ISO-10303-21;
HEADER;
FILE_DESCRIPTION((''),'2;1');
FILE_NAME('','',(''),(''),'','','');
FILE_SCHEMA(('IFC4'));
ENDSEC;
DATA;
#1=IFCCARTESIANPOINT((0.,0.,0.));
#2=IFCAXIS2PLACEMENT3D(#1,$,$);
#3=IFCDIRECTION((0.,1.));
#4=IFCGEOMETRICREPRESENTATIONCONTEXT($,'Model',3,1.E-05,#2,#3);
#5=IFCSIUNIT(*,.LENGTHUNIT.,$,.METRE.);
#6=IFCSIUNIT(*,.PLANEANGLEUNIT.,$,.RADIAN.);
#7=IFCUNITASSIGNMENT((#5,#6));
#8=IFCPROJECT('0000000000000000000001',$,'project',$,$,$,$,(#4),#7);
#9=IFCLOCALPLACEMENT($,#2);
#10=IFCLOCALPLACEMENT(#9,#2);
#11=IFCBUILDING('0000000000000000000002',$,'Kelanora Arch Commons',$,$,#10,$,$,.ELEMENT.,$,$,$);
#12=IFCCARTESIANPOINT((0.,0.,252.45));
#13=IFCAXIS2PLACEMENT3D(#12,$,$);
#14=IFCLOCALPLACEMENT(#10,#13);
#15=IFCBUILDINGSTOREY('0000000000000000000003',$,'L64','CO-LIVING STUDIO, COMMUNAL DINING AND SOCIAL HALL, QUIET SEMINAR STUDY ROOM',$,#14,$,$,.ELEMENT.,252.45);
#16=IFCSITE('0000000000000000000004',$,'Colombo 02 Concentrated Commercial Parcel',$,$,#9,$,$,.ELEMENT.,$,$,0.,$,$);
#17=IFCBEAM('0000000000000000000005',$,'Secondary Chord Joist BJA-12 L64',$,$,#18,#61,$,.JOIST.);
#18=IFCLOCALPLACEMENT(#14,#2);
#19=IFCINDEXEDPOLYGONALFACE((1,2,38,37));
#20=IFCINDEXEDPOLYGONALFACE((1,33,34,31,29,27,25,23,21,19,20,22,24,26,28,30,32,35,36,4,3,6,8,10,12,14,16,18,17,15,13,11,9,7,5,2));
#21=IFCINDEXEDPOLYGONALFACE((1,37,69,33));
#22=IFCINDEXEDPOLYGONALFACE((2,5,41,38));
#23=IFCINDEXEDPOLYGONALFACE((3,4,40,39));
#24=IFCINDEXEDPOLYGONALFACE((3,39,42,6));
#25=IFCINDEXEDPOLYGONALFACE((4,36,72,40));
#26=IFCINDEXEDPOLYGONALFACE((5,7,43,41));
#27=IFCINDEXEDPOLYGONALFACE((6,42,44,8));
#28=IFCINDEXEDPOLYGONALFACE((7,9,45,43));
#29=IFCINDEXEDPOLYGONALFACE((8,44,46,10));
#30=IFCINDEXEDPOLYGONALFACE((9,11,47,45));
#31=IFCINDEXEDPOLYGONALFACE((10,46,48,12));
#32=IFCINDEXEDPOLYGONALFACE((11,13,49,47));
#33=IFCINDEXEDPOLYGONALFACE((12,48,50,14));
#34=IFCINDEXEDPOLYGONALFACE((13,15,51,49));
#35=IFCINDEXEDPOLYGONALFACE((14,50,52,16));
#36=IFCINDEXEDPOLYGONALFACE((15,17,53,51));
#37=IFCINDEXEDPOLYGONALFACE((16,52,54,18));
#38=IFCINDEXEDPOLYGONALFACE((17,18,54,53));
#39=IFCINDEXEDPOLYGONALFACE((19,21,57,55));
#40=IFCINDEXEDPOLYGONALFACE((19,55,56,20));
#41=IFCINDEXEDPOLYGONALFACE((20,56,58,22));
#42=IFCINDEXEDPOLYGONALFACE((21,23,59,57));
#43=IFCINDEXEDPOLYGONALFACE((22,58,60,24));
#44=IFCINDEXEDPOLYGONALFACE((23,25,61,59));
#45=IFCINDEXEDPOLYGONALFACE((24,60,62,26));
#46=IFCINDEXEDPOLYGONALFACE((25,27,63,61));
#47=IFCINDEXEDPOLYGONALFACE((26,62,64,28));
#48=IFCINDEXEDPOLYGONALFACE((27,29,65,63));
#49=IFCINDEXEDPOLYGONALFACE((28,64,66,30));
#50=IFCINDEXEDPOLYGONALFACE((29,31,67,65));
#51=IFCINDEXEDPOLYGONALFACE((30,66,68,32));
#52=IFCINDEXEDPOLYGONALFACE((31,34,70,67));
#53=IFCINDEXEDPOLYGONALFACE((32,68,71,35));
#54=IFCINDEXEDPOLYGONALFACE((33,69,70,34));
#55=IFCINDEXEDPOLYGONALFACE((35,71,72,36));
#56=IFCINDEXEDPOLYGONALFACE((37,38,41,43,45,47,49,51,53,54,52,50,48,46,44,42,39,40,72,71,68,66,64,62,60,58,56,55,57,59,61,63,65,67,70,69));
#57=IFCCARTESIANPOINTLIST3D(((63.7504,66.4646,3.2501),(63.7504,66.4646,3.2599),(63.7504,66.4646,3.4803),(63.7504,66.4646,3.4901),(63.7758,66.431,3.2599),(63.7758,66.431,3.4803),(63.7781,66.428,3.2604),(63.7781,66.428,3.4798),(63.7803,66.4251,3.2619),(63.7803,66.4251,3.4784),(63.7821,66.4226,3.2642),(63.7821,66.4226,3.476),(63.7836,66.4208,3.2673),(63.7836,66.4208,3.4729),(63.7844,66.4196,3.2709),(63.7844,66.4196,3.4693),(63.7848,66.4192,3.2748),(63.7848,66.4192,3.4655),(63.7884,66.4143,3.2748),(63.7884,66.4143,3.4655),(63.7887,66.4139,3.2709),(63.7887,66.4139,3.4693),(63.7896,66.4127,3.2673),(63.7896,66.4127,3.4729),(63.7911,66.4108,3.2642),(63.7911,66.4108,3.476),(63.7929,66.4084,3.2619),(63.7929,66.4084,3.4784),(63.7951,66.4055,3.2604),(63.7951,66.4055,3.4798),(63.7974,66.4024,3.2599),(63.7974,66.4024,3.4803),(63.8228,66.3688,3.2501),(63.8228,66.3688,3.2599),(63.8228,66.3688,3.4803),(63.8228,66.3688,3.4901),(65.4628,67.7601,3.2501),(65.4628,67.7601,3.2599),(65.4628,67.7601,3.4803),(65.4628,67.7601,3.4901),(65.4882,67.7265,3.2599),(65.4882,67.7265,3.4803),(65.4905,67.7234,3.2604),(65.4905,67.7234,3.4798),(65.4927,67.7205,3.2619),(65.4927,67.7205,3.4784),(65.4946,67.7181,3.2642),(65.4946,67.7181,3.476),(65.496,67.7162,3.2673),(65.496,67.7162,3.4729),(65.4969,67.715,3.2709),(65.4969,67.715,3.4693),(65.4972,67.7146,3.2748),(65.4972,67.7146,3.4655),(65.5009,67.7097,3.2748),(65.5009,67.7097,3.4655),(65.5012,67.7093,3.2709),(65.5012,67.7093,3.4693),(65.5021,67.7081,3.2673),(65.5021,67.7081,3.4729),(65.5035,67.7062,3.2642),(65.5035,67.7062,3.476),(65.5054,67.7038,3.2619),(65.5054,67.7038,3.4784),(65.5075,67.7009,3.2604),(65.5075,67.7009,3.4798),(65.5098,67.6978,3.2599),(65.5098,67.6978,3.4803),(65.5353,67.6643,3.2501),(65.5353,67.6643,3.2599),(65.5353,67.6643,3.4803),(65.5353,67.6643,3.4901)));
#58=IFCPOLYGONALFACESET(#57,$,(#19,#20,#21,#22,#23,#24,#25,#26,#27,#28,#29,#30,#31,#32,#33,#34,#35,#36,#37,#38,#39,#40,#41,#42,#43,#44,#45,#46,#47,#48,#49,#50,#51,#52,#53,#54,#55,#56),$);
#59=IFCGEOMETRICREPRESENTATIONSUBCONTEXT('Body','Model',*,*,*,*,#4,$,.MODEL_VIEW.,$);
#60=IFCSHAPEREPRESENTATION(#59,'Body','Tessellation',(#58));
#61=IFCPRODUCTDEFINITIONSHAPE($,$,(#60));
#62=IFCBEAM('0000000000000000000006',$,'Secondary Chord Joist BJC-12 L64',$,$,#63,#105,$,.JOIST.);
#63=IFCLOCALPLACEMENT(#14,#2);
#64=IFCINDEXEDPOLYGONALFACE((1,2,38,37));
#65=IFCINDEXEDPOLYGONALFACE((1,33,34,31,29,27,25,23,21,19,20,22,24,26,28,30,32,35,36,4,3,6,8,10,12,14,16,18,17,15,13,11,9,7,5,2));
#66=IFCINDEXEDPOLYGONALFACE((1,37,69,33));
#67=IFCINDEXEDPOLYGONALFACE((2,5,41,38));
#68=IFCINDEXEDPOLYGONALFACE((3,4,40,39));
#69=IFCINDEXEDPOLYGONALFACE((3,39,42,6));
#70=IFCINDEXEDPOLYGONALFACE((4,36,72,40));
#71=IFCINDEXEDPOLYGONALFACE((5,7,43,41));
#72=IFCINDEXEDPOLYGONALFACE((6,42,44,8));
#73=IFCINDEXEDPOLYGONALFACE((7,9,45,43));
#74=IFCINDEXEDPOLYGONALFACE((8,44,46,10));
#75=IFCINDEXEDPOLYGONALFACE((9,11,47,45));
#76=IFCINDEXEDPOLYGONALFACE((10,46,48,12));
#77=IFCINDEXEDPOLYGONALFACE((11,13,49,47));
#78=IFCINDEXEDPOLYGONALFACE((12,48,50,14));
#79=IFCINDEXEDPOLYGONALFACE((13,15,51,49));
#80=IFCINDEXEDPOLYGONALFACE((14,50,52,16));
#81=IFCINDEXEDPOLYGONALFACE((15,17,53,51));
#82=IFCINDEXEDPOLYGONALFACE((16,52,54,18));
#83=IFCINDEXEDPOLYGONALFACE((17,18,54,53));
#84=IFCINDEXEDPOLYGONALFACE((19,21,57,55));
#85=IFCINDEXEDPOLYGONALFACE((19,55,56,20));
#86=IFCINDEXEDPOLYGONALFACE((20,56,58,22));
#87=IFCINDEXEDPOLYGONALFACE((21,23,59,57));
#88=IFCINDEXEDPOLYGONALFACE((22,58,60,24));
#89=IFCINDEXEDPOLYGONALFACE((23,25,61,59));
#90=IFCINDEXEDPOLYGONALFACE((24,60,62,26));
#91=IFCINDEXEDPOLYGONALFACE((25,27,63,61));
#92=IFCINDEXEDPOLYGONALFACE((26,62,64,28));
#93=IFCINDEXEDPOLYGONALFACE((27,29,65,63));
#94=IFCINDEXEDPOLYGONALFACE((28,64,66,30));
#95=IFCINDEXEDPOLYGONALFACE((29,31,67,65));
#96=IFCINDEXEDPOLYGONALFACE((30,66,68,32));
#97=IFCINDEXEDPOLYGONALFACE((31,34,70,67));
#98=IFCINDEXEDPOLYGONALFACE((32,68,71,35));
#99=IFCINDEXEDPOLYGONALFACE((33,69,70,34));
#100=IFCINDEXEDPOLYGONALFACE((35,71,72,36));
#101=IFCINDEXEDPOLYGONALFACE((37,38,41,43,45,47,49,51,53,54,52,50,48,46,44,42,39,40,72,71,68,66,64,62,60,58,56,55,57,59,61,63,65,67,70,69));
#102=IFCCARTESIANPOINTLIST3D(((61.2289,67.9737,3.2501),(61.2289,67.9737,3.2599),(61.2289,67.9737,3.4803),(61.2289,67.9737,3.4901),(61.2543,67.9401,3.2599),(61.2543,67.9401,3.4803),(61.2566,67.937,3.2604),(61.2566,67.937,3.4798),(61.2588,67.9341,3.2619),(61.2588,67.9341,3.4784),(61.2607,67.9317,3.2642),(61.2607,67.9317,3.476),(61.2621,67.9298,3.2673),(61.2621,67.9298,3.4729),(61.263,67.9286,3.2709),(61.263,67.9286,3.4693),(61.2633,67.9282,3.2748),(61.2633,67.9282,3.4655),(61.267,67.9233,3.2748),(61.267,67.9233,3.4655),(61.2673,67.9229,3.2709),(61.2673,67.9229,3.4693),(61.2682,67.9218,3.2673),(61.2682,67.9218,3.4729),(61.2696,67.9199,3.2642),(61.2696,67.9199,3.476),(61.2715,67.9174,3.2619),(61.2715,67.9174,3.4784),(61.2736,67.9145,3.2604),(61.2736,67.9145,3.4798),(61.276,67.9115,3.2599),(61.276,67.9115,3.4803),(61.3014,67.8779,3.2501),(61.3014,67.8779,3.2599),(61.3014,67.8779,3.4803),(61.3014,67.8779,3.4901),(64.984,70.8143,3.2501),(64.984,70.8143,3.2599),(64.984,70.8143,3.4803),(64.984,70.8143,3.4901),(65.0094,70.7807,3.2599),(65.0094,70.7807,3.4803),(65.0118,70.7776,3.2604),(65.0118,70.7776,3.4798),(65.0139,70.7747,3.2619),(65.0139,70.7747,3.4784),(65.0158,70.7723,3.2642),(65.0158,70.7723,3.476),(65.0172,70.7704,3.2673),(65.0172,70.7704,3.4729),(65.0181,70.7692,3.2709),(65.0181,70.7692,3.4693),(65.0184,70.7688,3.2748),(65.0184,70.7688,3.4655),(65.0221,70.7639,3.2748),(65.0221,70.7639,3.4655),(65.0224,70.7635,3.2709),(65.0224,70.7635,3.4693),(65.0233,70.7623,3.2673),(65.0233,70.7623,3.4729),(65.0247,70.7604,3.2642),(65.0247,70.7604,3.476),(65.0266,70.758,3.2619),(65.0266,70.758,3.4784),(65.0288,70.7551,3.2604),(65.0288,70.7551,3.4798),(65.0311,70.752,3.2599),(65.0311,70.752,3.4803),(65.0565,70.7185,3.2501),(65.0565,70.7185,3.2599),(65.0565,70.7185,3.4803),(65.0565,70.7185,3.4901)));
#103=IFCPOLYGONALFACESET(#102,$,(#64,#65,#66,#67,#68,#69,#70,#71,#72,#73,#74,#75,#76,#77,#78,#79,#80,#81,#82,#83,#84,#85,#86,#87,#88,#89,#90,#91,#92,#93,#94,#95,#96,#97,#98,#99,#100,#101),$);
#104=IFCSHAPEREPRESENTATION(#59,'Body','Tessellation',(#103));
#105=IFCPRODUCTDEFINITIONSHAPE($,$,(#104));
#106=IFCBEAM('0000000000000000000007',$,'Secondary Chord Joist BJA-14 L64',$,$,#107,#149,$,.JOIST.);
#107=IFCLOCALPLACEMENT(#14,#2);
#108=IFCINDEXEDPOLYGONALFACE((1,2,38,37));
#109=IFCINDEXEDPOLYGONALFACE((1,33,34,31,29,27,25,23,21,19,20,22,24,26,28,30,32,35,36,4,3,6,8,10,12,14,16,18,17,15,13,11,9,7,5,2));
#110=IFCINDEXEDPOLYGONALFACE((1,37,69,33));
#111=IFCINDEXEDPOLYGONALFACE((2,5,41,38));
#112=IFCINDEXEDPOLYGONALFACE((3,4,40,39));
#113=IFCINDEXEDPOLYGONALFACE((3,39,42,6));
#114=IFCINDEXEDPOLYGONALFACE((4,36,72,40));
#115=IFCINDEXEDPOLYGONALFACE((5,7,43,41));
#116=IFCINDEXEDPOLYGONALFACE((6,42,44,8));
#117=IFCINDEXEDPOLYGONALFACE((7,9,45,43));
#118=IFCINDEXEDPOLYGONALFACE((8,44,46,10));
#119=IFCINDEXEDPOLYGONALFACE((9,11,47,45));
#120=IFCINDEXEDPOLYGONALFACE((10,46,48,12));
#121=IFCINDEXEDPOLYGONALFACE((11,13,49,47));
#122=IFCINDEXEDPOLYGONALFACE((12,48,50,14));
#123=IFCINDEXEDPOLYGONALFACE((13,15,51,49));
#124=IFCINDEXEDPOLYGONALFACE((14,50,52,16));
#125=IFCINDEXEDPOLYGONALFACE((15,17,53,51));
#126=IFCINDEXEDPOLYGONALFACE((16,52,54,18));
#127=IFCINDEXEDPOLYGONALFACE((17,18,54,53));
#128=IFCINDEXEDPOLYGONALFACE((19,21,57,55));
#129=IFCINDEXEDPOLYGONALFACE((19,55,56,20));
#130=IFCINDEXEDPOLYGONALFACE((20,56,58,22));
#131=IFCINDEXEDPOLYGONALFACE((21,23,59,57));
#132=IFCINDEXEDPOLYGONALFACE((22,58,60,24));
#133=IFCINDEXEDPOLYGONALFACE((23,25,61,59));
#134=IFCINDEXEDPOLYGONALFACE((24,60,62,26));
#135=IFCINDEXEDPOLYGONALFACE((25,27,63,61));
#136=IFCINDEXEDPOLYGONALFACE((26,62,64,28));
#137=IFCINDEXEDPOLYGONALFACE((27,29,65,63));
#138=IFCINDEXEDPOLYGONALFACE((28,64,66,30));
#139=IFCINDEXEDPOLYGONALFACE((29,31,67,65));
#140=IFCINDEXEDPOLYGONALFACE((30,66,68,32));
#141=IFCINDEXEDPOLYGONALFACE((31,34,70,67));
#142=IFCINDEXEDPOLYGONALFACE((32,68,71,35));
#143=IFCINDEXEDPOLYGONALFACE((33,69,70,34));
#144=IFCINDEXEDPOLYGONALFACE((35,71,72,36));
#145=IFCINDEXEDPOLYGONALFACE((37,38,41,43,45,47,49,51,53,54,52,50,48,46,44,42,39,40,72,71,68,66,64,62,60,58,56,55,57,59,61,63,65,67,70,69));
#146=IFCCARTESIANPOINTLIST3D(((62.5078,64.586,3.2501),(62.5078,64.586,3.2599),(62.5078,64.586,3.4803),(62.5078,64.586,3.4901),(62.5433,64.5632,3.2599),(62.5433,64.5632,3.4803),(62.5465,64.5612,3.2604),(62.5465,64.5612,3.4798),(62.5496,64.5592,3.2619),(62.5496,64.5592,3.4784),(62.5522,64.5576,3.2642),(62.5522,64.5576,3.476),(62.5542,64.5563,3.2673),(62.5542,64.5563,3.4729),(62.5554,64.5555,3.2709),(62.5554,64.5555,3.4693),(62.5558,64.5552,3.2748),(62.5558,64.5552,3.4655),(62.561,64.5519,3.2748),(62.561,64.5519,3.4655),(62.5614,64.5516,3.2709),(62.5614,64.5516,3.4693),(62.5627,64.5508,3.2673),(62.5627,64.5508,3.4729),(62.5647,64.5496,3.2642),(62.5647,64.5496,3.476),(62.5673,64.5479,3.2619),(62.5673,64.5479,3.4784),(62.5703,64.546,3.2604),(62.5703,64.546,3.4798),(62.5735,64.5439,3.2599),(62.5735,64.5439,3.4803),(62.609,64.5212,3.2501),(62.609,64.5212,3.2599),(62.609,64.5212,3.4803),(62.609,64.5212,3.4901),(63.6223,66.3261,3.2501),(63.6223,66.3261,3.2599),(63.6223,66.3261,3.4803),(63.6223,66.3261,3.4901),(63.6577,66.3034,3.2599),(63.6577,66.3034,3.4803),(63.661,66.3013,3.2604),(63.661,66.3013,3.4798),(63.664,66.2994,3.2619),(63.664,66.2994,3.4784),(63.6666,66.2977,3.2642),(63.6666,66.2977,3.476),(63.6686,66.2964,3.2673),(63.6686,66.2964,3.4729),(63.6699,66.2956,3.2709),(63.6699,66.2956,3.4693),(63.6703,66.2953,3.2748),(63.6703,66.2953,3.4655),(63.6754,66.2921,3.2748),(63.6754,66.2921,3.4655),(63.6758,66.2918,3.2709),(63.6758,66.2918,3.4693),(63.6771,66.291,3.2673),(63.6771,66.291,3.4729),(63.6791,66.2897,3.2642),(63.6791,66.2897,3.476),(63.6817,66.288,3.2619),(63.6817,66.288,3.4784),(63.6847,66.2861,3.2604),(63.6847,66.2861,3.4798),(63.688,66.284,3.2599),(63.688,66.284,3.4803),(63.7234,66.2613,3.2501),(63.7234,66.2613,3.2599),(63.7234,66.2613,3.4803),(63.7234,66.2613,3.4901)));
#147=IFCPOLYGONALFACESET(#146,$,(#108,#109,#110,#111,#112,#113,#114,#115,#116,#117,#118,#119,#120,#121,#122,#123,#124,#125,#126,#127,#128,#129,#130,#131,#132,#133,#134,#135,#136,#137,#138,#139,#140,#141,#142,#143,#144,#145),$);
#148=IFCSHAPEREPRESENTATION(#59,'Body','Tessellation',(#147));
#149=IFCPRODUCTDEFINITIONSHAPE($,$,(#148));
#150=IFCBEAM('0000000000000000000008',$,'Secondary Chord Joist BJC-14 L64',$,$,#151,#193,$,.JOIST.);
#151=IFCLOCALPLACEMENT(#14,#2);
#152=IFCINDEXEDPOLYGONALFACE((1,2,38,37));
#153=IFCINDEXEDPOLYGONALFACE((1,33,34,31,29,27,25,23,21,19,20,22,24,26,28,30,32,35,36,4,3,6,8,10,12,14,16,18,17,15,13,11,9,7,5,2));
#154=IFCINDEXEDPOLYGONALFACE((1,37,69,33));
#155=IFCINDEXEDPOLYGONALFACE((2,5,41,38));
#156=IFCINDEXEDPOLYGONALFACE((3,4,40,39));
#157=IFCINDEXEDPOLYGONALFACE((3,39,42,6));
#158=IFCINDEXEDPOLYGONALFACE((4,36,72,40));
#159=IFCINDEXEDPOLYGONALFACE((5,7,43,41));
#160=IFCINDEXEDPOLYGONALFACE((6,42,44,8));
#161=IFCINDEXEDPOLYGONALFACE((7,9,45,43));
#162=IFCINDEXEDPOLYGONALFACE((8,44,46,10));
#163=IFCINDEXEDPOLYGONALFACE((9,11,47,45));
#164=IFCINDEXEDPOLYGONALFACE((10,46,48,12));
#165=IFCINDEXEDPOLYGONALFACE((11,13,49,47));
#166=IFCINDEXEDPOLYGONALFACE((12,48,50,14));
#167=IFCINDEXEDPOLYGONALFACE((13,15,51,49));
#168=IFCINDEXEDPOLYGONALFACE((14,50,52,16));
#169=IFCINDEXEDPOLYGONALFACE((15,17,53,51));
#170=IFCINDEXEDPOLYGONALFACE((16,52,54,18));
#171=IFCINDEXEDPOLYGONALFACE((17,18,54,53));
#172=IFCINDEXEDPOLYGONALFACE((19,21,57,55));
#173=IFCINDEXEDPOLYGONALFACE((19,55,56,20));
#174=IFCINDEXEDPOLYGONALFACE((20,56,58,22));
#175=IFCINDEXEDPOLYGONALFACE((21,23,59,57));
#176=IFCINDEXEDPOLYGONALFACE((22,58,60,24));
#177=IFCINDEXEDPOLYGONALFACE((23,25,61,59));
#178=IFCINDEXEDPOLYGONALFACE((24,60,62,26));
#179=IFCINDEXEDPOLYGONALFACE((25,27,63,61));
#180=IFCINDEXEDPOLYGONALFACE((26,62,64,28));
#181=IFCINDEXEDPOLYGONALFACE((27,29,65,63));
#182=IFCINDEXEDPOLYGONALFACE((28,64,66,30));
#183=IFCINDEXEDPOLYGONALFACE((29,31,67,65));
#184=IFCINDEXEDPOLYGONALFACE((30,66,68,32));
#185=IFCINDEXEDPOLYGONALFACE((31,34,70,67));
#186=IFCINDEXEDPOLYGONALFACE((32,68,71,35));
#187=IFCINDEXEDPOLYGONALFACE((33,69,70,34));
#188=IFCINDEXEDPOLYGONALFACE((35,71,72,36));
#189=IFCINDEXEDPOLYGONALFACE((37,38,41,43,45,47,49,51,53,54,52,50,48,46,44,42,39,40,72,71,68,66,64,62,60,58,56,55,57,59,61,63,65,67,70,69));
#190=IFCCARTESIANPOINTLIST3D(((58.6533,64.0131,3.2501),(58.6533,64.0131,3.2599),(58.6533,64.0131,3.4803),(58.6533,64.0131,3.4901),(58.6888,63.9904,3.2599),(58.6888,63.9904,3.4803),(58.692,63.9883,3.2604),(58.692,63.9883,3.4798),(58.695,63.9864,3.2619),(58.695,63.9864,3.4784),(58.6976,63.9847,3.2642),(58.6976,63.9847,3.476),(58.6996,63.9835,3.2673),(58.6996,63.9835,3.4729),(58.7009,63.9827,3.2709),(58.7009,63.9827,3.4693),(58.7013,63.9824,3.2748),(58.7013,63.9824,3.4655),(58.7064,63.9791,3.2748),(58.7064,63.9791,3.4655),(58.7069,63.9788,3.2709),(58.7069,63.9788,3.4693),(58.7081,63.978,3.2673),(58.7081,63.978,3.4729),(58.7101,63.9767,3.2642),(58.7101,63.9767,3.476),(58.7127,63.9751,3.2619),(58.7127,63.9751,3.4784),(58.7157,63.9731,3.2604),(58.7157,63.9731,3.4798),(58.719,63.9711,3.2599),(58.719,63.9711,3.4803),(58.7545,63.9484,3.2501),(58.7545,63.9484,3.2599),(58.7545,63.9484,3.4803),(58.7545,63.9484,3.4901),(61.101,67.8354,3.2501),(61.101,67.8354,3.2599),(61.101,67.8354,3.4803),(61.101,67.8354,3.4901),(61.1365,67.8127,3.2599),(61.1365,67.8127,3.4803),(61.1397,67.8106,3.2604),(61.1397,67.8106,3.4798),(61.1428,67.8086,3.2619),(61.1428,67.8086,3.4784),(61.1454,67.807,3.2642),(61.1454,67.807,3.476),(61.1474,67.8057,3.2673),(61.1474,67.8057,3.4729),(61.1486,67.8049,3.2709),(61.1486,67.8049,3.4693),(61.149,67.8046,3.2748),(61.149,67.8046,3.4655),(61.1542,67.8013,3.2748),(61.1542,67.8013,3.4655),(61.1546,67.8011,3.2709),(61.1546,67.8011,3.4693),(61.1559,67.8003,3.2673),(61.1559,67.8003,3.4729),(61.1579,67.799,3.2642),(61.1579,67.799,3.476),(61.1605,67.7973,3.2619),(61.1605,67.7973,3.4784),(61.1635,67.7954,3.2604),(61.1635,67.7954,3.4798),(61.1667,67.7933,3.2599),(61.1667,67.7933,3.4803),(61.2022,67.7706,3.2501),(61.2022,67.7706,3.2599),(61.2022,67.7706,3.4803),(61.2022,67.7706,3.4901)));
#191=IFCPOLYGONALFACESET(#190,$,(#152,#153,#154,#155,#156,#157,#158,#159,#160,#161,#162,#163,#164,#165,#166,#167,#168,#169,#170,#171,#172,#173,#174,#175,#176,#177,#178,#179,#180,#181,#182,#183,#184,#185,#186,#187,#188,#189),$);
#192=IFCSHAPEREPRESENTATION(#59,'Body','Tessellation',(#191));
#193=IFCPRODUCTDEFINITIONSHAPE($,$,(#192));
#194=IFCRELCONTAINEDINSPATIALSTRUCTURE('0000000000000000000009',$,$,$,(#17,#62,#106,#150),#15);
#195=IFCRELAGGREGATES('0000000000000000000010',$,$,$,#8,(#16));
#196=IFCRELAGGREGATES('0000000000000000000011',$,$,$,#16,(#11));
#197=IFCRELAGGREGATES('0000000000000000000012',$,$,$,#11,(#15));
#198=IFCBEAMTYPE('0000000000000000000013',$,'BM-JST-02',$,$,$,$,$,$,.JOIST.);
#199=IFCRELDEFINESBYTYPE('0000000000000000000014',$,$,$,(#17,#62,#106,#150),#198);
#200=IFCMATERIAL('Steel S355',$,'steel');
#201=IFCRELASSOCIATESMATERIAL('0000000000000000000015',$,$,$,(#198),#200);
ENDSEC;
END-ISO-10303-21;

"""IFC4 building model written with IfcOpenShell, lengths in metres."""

from ifc_helpers import new_model, si_unit, direction, frame, origin, origin_2d, place, context, subcontext, project, spatial, i_section, extrude, material, material_profile, profile_set, type_object, element, save


model = new_model("IFC4")

# Units and contexts
model_context = context("Model", 3, precision=1e-05, world=origin(), true_north=direction((0.0, 1.0)))
body_context = subcontext(model_context, "Body", "Model", "MODEL_VIEW")
ifc_project = project(units=[si_unit("LENGTHUNIT", "METRE"), si_unit("PLANEANGLEUNIT", "RADIAN")], contexts=[model_context])

# Site, building, storey
site_placement = place(None, origin())
site = spatial("IfcSite", under=ifc_project, at=site_placement, Name="Colombo 02 Concentrated Commercial Parcel", CompositionType="ELEMENT", RefElevation=0.0)
building_placement = place(site_placement, origin())
building = spatial("IfcBuilding", under=site, at=building_placement, Name="Kelanora Arch Commons", CompositionType="ELEMENT")
storey_placement = place(building_placement, frame((0.0, 0.0, 252.45)))
storey = spatial("IfcBuildingStorey", under=building, at=storey_placement, Name="L64", Description="CO-LIVING STUDIO, COMMUNAL DINING AND SOCIAL HALL, QUIET SEMINAR STUDY ROOM", CompositionType="ELEMENT", Elevation=252.45)

# Beams
ifc_material_1 = material(Name="Steel S355", Category="steel")
ifc_material_profile_1 = material_profile(ifc_material_1, i_section(OverallWidth=0.1201, OverallDepth=0.24, WebThickness=0.0061, FlangeThickness=0.0098, FilletRadius=0.0149, at=origin_2d()), Name="IPE240")
ifc_profile_set_1 = profile_set([ifc_material_profile_1], Name="Steel S355")
beam_type_1 = type_object("IfcBeamType", Name="BM-JST-02", PredefinedType="JOIST", material=ifc_profile_set_1)
beam_1_placement = place(storey_placement, frame((65.499, 67.7122, 3.3701), z_axis=(-0.79751, -0.603306, 0.0), x_axis=(0.603306, -0.79751, 0.0)))
element("IfcBeam", 1, at=beam_1_placement, inside=storey, type_object=beam_type_1, Name="Secondary Chord Joist BJA-12 L64", PredefinedType="JOIST", context=body_context, shape_type="SweptSolid", body=[
    extrude(i_section(OverallWidth=0.1201, OverallDepth=0.24, WebThickness=0.0061, FlangeThickness=0.0098, FilletRadius=0.0149, at=origin_2d()), origin(), (0.0, 0.0, 1.0), 2.1472),
])
beam_2_placement = place(storey_placement, frame((65.0203, 70.7664, 3.3701), z_axis=(-0.797523, -0.603289, 0.0), x_axis=(0.603289, -0.797523, 0.0)))
element("IfcBeam", 2, at=beam_2_placement, inside=storey, type_object=beam_type_1, Name="Secondary Chord Joist BJC-12 L64", PredefinedType="JOIST", context=body_context, shape_type="SweptSolid", body=[
    extrude(i_section(OverallWidth=0.1201, OverallDepth=0.24, WebThickness=0.0061, FlangeThickness=0.0098, FilletRadius=0.0149, at=origin_2d()), origin(), (0.0, 0.0, 1.0), 4.7085),
])
beam_3_placement = place(storey_placement, frame((63.6729, 66.2937, 3.3701), z_axis=(-0.539312, -0.842106, 0.0), x_axis=(0.842106, -0.539312, 0.0)))
element("IfcBeam", 3, at=beam_3_placement, inside=storey, type_object=beam_type_1, Name="Secondary Chord Joist BJA-14 L64", PredefinedType="JOIST", context=body_context, shape_type="SweptSolid", body=[
    extrude(i_section(OverallWidth=0.1201, OverallDepth=0.24, WebThickness=0.0061, FlangeThickness=0.0098, FilletRadius=0.0149, at=origin_2d()), origin(), (0.0, 0.0, 1.0), 2.0664),
])
beam_4_placement = place(storey_placement, frame((61.1516, 67.803, 3.3701), z_axis=(-0.539289, -0.842121, 0.0), x_axis=(0.842121, -0.539289, 0.0)))
element("IfcBeam", 4, at=beam_4_placement, inside=storey, type_object=beam_type_1, Name="Secondary Chord Joist BJC-14 L64", PredefinedType="JOIST", context=body_context, shape_type="SweptSolid", body=[
    extrude(i_section(OverallWidth=0.1201, OverallDepth=0.24, WebThickness=0.0061, FlangeThickness=0.0098, FilletRadius=0.0149, at=origin_2d()), origin(), (0.0, 0.0, 1.0), 4.5388),
])

save(model, "model.ifc")
